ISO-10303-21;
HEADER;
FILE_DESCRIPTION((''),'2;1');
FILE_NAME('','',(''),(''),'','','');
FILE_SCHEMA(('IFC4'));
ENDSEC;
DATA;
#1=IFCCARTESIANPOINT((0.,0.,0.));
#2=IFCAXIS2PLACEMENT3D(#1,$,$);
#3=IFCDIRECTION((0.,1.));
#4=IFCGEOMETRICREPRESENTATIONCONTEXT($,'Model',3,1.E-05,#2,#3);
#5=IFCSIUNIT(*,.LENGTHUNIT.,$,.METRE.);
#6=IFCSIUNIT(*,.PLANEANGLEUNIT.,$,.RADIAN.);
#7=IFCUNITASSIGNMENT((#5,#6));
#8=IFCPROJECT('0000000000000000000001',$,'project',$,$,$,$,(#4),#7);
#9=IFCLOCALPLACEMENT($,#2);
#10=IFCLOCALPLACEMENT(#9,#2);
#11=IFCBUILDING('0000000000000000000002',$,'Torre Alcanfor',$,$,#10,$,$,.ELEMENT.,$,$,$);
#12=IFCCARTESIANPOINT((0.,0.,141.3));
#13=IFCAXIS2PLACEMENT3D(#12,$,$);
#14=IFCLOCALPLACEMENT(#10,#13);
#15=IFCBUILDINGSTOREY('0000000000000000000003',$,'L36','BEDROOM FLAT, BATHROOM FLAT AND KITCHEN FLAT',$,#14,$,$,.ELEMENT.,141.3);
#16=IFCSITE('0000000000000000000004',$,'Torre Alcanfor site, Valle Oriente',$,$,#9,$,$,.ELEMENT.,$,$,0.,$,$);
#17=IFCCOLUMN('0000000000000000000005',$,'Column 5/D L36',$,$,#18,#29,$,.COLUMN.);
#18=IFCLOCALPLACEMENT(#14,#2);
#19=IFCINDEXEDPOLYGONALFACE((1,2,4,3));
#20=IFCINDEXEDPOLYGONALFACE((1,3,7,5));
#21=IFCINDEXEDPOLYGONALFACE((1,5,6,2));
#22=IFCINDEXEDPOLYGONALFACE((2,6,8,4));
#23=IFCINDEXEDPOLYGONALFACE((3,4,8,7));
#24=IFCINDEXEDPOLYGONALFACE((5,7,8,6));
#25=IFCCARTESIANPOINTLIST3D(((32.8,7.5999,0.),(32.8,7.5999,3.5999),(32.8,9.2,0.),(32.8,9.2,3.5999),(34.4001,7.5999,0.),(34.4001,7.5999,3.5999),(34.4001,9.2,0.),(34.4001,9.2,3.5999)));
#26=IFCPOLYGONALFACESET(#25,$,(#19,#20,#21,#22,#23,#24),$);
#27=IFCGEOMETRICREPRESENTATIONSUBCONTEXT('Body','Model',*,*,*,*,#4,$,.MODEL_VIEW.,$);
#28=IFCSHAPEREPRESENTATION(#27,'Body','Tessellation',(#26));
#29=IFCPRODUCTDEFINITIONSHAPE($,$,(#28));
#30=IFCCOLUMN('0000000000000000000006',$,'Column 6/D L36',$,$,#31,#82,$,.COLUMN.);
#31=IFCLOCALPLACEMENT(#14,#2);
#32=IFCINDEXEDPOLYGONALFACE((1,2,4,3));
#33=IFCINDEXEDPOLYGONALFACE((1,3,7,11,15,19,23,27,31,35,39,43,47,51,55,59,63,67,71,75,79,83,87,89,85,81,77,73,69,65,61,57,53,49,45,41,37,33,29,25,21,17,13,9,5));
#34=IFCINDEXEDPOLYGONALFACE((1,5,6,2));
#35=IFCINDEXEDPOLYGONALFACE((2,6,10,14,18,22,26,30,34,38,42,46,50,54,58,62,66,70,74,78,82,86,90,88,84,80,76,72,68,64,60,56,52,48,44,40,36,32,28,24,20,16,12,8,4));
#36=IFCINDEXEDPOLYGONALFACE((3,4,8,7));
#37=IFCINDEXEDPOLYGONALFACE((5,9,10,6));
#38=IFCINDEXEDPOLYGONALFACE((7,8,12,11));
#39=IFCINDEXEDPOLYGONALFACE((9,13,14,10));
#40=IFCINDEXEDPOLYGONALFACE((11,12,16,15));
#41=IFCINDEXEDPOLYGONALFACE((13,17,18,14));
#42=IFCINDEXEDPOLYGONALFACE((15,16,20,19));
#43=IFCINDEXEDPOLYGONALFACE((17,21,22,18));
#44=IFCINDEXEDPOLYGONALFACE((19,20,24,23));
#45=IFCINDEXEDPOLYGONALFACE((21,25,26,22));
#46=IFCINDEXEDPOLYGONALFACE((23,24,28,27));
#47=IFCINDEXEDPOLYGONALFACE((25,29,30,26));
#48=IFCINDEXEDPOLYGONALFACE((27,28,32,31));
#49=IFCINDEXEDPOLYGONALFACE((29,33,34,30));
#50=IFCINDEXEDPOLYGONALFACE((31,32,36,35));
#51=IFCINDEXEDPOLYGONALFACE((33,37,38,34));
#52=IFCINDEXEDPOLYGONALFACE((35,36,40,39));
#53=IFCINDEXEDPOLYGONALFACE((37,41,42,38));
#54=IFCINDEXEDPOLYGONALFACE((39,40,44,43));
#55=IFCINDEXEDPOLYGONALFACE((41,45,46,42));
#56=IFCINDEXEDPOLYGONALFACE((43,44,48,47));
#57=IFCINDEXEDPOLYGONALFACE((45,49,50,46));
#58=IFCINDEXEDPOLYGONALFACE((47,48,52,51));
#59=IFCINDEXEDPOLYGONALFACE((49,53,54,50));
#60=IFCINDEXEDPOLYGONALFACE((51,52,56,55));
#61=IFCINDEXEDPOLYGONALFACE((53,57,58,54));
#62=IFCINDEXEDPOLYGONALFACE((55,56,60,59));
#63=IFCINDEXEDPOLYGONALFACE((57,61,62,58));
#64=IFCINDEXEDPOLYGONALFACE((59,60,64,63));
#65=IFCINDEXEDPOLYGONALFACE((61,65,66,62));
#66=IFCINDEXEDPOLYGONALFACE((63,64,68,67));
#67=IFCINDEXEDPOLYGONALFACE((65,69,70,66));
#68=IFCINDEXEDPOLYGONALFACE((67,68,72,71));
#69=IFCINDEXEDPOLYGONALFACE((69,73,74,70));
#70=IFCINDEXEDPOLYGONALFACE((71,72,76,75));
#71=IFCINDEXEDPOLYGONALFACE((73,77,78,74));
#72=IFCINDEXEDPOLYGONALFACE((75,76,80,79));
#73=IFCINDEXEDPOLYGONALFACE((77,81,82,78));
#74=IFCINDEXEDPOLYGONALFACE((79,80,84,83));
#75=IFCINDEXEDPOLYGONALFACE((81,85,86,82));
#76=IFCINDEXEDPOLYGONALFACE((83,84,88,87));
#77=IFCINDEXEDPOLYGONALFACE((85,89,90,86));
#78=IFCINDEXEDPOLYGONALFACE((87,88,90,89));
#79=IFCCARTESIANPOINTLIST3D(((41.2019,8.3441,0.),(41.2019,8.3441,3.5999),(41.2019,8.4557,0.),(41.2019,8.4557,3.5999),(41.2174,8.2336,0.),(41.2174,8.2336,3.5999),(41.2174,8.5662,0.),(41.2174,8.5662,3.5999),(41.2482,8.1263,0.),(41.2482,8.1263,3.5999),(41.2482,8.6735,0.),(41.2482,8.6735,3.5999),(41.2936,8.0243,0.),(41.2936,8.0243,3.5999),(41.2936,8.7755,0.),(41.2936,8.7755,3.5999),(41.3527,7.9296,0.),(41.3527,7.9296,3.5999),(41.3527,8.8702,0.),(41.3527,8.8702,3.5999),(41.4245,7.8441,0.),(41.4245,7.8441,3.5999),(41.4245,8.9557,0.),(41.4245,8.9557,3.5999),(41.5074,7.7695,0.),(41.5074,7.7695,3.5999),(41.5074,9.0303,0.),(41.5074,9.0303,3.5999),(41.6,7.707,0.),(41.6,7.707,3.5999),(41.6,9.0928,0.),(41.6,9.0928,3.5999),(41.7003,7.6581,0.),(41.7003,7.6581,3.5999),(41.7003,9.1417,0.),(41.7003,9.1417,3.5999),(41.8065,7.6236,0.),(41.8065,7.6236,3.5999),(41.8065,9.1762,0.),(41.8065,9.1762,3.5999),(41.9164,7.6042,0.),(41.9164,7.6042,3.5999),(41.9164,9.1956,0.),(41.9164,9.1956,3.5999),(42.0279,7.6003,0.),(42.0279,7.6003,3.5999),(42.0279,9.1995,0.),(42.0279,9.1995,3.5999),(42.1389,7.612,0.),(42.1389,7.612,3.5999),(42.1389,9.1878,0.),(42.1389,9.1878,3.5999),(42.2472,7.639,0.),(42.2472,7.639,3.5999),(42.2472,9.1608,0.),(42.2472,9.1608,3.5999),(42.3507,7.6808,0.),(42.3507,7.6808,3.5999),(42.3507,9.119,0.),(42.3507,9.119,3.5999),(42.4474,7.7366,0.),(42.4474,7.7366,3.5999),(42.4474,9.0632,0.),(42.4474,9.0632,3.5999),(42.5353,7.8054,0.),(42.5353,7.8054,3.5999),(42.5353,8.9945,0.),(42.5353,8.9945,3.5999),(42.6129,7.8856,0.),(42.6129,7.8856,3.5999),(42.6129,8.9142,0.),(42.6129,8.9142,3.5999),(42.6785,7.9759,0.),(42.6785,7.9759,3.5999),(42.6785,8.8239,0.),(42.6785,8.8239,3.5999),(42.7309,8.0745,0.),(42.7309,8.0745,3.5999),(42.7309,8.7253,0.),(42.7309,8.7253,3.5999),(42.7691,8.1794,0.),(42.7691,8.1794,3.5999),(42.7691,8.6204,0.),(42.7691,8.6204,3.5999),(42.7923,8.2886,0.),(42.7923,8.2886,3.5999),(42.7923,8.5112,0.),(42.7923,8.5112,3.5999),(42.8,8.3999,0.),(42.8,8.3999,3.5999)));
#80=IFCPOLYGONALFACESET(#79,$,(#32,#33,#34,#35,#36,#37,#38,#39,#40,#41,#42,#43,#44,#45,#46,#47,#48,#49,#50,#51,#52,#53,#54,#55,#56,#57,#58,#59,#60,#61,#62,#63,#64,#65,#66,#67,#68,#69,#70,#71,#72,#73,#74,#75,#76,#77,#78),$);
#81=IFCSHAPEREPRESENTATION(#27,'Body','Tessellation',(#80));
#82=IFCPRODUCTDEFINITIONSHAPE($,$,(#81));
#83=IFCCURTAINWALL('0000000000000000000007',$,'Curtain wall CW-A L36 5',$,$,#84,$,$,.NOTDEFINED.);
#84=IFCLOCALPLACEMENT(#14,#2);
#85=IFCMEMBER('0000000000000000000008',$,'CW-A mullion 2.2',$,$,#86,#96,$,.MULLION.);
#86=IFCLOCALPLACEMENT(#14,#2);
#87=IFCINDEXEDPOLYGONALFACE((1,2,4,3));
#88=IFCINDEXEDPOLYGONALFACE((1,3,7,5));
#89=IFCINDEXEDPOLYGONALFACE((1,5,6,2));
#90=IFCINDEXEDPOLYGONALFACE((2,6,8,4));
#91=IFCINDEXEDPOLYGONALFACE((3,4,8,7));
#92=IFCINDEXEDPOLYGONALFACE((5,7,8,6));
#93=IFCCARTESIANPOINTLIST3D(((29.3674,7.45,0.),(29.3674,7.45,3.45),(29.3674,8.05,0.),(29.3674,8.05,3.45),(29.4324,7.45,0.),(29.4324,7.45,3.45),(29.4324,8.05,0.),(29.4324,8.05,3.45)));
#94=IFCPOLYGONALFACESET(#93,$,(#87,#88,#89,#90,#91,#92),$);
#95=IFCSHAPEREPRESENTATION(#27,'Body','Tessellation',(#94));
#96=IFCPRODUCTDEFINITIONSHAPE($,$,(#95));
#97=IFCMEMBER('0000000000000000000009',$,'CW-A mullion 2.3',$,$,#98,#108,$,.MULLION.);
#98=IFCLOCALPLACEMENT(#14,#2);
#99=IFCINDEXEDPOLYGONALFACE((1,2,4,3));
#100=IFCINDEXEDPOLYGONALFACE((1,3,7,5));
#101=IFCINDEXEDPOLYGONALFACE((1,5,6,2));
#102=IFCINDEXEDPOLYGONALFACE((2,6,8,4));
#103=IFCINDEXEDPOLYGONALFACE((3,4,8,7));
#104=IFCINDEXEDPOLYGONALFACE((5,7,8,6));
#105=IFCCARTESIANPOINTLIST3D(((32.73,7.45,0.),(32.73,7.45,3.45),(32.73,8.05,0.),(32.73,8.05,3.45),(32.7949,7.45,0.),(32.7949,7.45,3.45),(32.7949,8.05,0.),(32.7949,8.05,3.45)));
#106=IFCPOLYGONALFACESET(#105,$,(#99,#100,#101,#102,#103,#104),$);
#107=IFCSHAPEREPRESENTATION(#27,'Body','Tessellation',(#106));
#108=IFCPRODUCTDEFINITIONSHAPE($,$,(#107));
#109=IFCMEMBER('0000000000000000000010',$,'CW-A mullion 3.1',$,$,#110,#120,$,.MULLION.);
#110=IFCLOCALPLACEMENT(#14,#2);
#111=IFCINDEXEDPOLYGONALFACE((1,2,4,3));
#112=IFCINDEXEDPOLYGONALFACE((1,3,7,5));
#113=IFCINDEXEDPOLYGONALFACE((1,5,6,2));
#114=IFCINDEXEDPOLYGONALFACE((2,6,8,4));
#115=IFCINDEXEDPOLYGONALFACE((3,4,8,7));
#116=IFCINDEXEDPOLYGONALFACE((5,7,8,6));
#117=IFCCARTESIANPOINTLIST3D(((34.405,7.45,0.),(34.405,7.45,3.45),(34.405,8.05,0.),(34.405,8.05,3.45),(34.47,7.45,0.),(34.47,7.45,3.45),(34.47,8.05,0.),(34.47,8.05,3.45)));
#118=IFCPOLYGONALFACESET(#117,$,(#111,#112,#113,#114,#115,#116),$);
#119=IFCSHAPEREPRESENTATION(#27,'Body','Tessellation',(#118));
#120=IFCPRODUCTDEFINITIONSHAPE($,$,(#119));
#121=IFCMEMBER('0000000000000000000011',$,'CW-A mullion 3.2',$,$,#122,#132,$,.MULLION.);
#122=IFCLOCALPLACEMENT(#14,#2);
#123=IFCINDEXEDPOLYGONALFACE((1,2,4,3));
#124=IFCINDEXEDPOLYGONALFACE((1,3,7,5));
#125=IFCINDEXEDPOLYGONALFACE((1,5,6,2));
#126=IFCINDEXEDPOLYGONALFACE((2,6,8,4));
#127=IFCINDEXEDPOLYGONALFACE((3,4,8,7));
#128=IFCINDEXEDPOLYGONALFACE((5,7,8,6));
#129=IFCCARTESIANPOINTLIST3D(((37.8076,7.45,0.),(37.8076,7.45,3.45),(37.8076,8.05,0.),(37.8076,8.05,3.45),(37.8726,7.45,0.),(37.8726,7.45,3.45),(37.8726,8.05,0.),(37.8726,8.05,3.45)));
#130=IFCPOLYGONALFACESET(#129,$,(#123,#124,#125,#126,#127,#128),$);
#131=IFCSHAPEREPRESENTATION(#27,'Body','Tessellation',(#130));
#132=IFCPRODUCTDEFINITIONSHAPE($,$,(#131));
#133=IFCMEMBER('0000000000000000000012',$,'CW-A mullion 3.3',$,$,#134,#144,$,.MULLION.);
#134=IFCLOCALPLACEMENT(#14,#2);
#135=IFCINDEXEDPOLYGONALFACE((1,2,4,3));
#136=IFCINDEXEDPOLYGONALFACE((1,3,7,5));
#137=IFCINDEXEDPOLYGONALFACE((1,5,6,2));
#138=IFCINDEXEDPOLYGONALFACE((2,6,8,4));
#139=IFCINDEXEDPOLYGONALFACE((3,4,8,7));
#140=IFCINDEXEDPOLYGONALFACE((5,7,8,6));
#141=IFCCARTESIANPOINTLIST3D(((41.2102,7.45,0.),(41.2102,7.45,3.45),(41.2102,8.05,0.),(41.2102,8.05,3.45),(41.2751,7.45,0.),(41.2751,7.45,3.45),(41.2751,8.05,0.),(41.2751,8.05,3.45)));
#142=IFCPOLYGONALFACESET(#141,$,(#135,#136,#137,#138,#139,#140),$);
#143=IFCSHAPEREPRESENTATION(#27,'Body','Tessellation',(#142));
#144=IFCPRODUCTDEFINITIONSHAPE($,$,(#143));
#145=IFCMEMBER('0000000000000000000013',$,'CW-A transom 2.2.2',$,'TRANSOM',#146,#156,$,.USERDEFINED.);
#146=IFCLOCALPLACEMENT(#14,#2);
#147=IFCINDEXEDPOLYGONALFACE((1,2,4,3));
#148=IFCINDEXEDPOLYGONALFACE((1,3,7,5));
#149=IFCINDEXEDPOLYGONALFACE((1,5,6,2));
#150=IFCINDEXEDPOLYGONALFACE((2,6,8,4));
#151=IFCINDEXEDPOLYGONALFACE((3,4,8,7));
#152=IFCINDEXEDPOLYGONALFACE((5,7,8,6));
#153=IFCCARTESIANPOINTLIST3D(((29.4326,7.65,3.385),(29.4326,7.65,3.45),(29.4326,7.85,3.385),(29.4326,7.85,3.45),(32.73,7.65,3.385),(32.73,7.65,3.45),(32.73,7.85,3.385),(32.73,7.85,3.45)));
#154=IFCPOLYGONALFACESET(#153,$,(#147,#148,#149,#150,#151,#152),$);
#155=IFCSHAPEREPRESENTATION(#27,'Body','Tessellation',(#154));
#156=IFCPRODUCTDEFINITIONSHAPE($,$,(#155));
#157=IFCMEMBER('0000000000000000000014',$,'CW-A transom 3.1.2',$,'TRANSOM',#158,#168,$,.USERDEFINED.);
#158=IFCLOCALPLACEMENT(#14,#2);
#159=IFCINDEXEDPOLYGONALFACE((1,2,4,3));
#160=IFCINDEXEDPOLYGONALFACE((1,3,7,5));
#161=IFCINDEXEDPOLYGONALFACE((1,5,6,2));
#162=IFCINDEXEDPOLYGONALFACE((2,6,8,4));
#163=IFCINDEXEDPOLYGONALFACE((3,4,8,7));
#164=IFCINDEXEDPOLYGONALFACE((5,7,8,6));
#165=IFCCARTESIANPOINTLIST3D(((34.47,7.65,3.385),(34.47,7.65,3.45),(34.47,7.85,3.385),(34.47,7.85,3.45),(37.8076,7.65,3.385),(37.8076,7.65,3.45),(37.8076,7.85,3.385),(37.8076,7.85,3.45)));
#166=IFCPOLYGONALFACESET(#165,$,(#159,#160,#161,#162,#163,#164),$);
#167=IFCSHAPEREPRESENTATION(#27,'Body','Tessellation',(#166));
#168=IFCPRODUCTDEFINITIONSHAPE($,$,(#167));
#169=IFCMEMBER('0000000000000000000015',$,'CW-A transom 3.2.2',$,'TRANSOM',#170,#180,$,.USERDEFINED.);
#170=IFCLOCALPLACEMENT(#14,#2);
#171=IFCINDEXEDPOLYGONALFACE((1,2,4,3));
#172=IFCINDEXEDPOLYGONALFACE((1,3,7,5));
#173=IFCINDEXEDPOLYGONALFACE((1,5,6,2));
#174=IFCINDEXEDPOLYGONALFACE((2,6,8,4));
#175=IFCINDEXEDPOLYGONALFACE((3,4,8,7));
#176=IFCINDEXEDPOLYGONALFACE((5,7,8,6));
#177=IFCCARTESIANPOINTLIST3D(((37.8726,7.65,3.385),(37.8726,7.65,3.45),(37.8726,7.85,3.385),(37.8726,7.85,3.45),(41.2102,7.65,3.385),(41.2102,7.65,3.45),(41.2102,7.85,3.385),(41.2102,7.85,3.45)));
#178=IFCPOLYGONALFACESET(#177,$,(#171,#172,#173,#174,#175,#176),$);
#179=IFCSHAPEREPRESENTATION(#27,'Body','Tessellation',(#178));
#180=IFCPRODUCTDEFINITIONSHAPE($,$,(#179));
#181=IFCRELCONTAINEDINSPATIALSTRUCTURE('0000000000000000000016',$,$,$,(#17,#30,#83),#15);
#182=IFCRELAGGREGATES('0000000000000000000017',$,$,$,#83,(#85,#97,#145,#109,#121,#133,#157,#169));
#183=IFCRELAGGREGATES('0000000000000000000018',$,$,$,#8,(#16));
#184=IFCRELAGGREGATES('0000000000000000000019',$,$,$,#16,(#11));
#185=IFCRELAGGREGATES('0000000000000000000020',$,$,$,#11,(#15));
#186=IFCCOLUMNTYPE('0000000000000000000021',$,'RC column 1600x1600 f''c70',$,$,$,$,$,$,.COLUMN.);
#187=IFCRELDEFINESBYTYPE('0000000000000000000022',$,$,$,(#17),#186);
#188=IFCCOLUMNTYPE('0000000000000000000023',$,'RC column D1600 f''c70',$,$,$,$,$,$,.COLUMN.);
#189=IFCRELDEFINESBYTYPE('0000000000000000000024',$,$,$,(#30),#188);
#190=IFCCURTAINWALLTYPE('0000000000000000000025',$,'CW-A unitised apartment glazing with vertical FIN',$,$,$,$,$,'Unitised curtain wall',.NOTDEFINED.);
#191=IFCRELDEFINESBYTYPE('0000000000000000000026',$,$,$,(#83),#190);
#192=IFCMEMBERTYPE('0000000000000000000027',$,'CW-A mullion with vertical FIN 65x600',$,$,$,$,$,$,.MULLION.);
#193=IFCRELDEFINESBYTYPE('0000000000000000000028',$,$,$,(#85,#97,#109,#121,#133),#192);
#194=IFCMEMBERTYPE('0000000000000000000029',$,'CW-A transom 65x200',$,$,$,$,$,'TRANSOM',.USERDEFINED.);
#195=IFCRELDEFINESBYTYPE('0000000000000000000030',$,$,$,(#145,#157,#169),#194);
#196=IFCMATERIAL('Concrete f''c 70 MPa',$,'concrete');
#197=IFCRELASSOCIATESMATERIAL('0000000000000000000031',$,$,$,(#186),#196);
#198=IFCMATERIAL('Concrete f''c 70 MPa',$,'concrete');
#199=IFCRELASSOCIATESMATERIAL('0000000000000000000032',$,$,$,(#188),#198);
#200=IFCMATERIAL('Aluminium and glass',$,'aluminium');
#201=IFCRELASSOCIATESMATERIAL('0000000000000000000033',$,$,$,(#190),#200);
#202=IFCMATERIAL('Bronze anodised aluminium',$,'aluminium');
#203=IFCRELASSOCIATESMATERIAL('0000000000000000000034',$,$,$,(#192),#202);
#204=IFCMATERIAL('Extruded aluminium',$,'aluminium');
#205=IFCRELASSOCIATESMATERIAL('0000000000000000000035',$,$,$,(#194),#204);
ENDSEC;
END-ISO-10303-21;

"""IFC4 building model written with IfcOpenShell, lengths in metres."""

from ifc_helpers import new_model, si_unit, direction, frame, origin, origin_2d, place, context, subcontext, project, spatial, rectangle, circle, extrude, material, material_profile, profile_set, type_object, element, aggregate, save


model = new_model("IFC4")

# Units and contexts
model_context = context("Model", 3, precision=1e-05, world=origin(), true_north=direction((0.0, 1.0)))
body_context = subcontext(model_context, "Body", "Model", "MODEL_VIEW")
ifc_project = project(units=[si_unit("LENGTHUNIT", "METRE"), si_unit("PLANEANGLEUNIT", "RADIAN")], contexts=[model_context])

# Site, building, storey
site_placement = place(None, origin())
site = spatial("IfcSite", under=ifc_project, at=site_placement, Name="Torre Alcanfor site, Valle Oriente", CompositionType="ELEMENT", RefElevation=0.0)
building_placement = place(site_placement, origin())
building = spatial("IfcBuilding", under=site, at=building_placement, Name="Torre Alcanfor", CompositionType="ELEMENT")
storey_placement = place(building_placement, frame((0.0, 0.0, 141.3)))
storey = spatial("IfcBuildingStorey", under=building, at=storey_placement, Name="L36", Description="BEDROOM FLAT, BATHROOM FLAT AND KITCHEN FLAT", CompositionType="ELEMENT", Elevation=141.3)

# Columns
ifc_material_1 = material(Name="Concrete f'c 70 MPa", Category="concrete")
ifc_material_profile_1 = material_profile(ifc_material_1, rectangle(XDim=1.6001, YDim=1.6001, at=origin_2d()), Name="1600x1600")
ifc_profile_set_1 = profile_set([ifc_material_profile_1], Name="Concrete f'c 70 MPa")
column_type_1 = type_object("IfcColumnType", Name="RC column 1600x1600 f'c70", PredefinedType="COLUMN", material=ifc_profile_set_1)
column_1_placement = place(storey_placement, frame((33.6001, 8.3999, 0.0), z_axis=(0.0, 0.0, 1.0), x_axis=(1.0, 0.0, 0.0)))
element("IfcColumn", 1, at=column_1_placement, inside=storey, type_object=column_type_1, Name="Column 5/D L36", PredefinedType="COLUMN", context=body_context, shape_type="SweptSolid", body=[
    extrude(rectangle(XDim=1.6001, YDim=1.6001, at=origin_2d()), origin(), (0.0, 0.0, 1.0), 3.5999),
])
ifc_material_2 = material(Name="Concrete f'c 70 MPa", Category="concrete")
ifc_material_profile_2 = material_profile(ifc_material_2, circle(Radius=0.8, at=origin_2d()), Name="D1600")
ifc_profile_set_2 = profile_set([ifc_material_profile_2], Name="Concrete f'c 70 MPa")
column_type_2 = type_object("IfcColumnType", Name="RC column D1600 f'c70", PredefinedType="COLUMN", material=ifc_profile_set_2)
column_2_placement = place(storey_placement, frame((42.0, 8.3999, 0.0), z_axis=(0.0, 0.0, 1.0), x_axis=(1.0, 0.0, 0.0)))
element("IfcColumn", 2, at=column_2_placement, inside=storey, type_object=column_type_2, Name="Column 6/D L36", PredefinedType="COLUMN", context=body_context, shape_type="SweptSolid", body=[
    extrude(circle(Radius=0.8, at=origin_2d()), origin(), (0.0, 0.0, 1.0), 3.5999),
])

# Curtain wall, members
ifc_material_3 = material(Name="Aluminium and glass", Category="aluminium")
curtain_wall_type = type_object("IfcCurtainWallType", Name="CW-A unitised apartment glazing with vertical FIN", ElementType="Unitised curtain wall", PredefinedType="NOTDEFINED", material=ifc_material_3)
curtain_wall_placement = place(storey_placement, origin())
curtain_wall = element("IfcCurtainWall", 3, at=curtain_wall_placement, inside=storey, type_object=curtain_wall_type, Name="Curtain wall CW-A L36 5", PredefinedType="NOTDEFINED")
ifc_material_4 = material(Name="Bronze anodised aluminium", Category="aluminium")
ifc_material_profile_3 = material_profile(ifc_material_4, rectangle(XDim=0.6001, YDim=0.0649, at=origin_2d()), Name="CW-A mullion 65x600")
ifc_profile_set_3 = profile_set([ifc_material_profile_3], Name="Bronze anodised aluminium")
member_type_1 = type_object("IfcMemberType", Name="CW-A mullion with vertical FIN 65x600", PredefinedType="MULLION", material=ifc_profile_set_3)
member_1_placement = place(storey_placement, frame((29.3999, 7.75, 0.0), z_axis=(0.0, 0.0, 1.0), x_axis=(0.0, 1.0, 0.0)))
member_1 = element("IfcMember", 4, at=member_1_placement, type_object=member_type_1, Name="CW-A mullion 2.2", PredefinedType="MULLION", context=body_context, shape_type="SweptSolid", body=[
    extrude(rectangle(XDim=0.6001, YDim=0.0649, at=origin_2d()), origin(), (0.0, 0.0, 1.0), 3.45),
])
member_2_placement = place(storey_placement, frame((32.7625, 7.75, 0.0), z_axis=(0.0, 0.0, 1.0), x_axis=(0.0, 1.0, 0.0)))
member_2 = element("IfcMember", 5, at=member_2_placement, type_object=member_type_1, Name="CW-A mullion 2.3", PredefinedType="MULLION", context=body_context, shape_type="SweptSolid", body=[
    extrude(rectangle(XDim=0.6001, YDim=0.0649, at=origin_2d()), origin(), (0.0, 0.0, 1.0), 3.45),
])
member_3_placement = place(storey_placement, frame((34.4375, 7.75, 0.0), z_axis=(0.0, 0.0, 1.0), x_axis=(0.0, 1.0, 0.0)))
member_3 = element("IfcMember", 6, at=member_3_placement, type_object=member_type_1, Name="CW-A mullion 3.1", PredefinedType="MULLION", context=body_context, shape_type="SweptSolid", body=[
    extrude(rectangle(XDim=0.6001, YDim=0.0649, at=origin_2d()), origin(), (0.0, 0.0, 1.0), 3.45),
])
member_4_placement = place(storey_placement, frame((37.8401, 7.75, 0.0), z_axis=(0.0, 0.0, 1.0), x_axis=(0.0, 1.0, 0.0)))
member_4 = element("IfcMember", 7, at=member_4_placement, type_object=member_type_1, Name="CW-A mullion 3.2", PredefinedType="MULLION", context=body_context, shape_type="SweptSolid", body=[
    extrude(rectangle(XDim=0.6001, YDim=0.0649, at=origin_2d()), origin(), (0.0, 0.0, 1.0), 3.45),
])
member_5_placement = place(storey_placement, frame((41.2427, 7.75, 0.0), z_axis=(0.0, 0.0, 1.0), x_axis=(0.0, 1.0, 0.0)))
member_5 = element("IfcMember", 8, at=member_5_placement, type_object=member_type_1, Name="CW-A mullion 3.3", PredefinedType="MULLION", context=body_context, shape_type="SweptSolid", body=[
    extrude(rectangle(XDim=0.6001, YDim=0.0649, at=origin_2d()), origin(), (0.0, 0.0, 1.0), 3.45),
])
ifc_material_5 = material(Name="Extruded aluminium", Category="aluminium")
ifc_material_profile_4 = material_profile(ifc_material_5, rectangle(XDim=0.2, YDim=0.0649, at=origin_2d()), Name="CW-A transom 200x65")
ifc_profile_set_4 = profile_set([ifc_material_profile_4], Name="Extruded aluminium")
member_type_2 = type_object("IfcMemberType", Name="CW-A transom 65x200", ElementType="TRANSOM", PredefinedType="USERDEFINED", material=ifc_profile_set_4)
member_6_placement = place(storey_placement, frame((29.4326, 7.75, 3.4175), z_axis=(1.0, 0.0, 0.0), x_axis=(0.0, 1.0, 0.0)))
member_6 = element("IfcMember", 9, at=member_6_placement, type_object=member_type_2, Name="CW-A transom 2.2.2", ObjectType="TRANSOM", PredefinedType="USERDEFINED", context=body_context, shape_type="SweptSolid", body=[
    extrude(rectangle(XDim=0.2, YDim=0.0649, at=origin_2d()), origin(), (0.0, 0.0, 1.0), 3.2974),
])
member_7_placement = place(storey_placement, frame((34.47, 7.75, 3.4175), z_axis=(1.0, 0.0, 0.0), x_axis=(0.0, 1.0, 0.0)))
member_7 = element("IfcMember", 10, at=member_7_placement, type_object=member_type_2, Name="CW-A transom 3.1.2", ObjectType="TRANSOM", PredefinedType="USERDEFINED", context=body_context, shape_type="SweptSolid", body=[
    extrude(rectangle(XDim=0.2, YDim=0.0649, at=origin_2d()), origin(), (0.0, 0.0, 1.0), 3.3376),
])
member_8_placement = place(storey_placement, frame((37.8726, 7.75, 3.4175), z_axis=(1.0, 0.0, 0.0), x_axis=(0.0, 1.0, 0.0)))
member_8 = element("IfcMember", 11, at=member_8_placement, type_object=member_type_2, Name="CW-A transom 3.2.2", ObjectType="TRANSOM", PredefinedType="USERDEFINED", context=body_context, shape_type="SweptSolid", body=[
    extrude(rectangle(XDim=0.2, YDim=0.0649, at=origin_2d()), origin(), (0.0, 0.0, 1.0), 3.3376),
])

aggregate(curtain_wall, [member_1, member_2, member_6, member_3, member_4, member_5, member_7, member_8])

save(model, "model.ifc")
